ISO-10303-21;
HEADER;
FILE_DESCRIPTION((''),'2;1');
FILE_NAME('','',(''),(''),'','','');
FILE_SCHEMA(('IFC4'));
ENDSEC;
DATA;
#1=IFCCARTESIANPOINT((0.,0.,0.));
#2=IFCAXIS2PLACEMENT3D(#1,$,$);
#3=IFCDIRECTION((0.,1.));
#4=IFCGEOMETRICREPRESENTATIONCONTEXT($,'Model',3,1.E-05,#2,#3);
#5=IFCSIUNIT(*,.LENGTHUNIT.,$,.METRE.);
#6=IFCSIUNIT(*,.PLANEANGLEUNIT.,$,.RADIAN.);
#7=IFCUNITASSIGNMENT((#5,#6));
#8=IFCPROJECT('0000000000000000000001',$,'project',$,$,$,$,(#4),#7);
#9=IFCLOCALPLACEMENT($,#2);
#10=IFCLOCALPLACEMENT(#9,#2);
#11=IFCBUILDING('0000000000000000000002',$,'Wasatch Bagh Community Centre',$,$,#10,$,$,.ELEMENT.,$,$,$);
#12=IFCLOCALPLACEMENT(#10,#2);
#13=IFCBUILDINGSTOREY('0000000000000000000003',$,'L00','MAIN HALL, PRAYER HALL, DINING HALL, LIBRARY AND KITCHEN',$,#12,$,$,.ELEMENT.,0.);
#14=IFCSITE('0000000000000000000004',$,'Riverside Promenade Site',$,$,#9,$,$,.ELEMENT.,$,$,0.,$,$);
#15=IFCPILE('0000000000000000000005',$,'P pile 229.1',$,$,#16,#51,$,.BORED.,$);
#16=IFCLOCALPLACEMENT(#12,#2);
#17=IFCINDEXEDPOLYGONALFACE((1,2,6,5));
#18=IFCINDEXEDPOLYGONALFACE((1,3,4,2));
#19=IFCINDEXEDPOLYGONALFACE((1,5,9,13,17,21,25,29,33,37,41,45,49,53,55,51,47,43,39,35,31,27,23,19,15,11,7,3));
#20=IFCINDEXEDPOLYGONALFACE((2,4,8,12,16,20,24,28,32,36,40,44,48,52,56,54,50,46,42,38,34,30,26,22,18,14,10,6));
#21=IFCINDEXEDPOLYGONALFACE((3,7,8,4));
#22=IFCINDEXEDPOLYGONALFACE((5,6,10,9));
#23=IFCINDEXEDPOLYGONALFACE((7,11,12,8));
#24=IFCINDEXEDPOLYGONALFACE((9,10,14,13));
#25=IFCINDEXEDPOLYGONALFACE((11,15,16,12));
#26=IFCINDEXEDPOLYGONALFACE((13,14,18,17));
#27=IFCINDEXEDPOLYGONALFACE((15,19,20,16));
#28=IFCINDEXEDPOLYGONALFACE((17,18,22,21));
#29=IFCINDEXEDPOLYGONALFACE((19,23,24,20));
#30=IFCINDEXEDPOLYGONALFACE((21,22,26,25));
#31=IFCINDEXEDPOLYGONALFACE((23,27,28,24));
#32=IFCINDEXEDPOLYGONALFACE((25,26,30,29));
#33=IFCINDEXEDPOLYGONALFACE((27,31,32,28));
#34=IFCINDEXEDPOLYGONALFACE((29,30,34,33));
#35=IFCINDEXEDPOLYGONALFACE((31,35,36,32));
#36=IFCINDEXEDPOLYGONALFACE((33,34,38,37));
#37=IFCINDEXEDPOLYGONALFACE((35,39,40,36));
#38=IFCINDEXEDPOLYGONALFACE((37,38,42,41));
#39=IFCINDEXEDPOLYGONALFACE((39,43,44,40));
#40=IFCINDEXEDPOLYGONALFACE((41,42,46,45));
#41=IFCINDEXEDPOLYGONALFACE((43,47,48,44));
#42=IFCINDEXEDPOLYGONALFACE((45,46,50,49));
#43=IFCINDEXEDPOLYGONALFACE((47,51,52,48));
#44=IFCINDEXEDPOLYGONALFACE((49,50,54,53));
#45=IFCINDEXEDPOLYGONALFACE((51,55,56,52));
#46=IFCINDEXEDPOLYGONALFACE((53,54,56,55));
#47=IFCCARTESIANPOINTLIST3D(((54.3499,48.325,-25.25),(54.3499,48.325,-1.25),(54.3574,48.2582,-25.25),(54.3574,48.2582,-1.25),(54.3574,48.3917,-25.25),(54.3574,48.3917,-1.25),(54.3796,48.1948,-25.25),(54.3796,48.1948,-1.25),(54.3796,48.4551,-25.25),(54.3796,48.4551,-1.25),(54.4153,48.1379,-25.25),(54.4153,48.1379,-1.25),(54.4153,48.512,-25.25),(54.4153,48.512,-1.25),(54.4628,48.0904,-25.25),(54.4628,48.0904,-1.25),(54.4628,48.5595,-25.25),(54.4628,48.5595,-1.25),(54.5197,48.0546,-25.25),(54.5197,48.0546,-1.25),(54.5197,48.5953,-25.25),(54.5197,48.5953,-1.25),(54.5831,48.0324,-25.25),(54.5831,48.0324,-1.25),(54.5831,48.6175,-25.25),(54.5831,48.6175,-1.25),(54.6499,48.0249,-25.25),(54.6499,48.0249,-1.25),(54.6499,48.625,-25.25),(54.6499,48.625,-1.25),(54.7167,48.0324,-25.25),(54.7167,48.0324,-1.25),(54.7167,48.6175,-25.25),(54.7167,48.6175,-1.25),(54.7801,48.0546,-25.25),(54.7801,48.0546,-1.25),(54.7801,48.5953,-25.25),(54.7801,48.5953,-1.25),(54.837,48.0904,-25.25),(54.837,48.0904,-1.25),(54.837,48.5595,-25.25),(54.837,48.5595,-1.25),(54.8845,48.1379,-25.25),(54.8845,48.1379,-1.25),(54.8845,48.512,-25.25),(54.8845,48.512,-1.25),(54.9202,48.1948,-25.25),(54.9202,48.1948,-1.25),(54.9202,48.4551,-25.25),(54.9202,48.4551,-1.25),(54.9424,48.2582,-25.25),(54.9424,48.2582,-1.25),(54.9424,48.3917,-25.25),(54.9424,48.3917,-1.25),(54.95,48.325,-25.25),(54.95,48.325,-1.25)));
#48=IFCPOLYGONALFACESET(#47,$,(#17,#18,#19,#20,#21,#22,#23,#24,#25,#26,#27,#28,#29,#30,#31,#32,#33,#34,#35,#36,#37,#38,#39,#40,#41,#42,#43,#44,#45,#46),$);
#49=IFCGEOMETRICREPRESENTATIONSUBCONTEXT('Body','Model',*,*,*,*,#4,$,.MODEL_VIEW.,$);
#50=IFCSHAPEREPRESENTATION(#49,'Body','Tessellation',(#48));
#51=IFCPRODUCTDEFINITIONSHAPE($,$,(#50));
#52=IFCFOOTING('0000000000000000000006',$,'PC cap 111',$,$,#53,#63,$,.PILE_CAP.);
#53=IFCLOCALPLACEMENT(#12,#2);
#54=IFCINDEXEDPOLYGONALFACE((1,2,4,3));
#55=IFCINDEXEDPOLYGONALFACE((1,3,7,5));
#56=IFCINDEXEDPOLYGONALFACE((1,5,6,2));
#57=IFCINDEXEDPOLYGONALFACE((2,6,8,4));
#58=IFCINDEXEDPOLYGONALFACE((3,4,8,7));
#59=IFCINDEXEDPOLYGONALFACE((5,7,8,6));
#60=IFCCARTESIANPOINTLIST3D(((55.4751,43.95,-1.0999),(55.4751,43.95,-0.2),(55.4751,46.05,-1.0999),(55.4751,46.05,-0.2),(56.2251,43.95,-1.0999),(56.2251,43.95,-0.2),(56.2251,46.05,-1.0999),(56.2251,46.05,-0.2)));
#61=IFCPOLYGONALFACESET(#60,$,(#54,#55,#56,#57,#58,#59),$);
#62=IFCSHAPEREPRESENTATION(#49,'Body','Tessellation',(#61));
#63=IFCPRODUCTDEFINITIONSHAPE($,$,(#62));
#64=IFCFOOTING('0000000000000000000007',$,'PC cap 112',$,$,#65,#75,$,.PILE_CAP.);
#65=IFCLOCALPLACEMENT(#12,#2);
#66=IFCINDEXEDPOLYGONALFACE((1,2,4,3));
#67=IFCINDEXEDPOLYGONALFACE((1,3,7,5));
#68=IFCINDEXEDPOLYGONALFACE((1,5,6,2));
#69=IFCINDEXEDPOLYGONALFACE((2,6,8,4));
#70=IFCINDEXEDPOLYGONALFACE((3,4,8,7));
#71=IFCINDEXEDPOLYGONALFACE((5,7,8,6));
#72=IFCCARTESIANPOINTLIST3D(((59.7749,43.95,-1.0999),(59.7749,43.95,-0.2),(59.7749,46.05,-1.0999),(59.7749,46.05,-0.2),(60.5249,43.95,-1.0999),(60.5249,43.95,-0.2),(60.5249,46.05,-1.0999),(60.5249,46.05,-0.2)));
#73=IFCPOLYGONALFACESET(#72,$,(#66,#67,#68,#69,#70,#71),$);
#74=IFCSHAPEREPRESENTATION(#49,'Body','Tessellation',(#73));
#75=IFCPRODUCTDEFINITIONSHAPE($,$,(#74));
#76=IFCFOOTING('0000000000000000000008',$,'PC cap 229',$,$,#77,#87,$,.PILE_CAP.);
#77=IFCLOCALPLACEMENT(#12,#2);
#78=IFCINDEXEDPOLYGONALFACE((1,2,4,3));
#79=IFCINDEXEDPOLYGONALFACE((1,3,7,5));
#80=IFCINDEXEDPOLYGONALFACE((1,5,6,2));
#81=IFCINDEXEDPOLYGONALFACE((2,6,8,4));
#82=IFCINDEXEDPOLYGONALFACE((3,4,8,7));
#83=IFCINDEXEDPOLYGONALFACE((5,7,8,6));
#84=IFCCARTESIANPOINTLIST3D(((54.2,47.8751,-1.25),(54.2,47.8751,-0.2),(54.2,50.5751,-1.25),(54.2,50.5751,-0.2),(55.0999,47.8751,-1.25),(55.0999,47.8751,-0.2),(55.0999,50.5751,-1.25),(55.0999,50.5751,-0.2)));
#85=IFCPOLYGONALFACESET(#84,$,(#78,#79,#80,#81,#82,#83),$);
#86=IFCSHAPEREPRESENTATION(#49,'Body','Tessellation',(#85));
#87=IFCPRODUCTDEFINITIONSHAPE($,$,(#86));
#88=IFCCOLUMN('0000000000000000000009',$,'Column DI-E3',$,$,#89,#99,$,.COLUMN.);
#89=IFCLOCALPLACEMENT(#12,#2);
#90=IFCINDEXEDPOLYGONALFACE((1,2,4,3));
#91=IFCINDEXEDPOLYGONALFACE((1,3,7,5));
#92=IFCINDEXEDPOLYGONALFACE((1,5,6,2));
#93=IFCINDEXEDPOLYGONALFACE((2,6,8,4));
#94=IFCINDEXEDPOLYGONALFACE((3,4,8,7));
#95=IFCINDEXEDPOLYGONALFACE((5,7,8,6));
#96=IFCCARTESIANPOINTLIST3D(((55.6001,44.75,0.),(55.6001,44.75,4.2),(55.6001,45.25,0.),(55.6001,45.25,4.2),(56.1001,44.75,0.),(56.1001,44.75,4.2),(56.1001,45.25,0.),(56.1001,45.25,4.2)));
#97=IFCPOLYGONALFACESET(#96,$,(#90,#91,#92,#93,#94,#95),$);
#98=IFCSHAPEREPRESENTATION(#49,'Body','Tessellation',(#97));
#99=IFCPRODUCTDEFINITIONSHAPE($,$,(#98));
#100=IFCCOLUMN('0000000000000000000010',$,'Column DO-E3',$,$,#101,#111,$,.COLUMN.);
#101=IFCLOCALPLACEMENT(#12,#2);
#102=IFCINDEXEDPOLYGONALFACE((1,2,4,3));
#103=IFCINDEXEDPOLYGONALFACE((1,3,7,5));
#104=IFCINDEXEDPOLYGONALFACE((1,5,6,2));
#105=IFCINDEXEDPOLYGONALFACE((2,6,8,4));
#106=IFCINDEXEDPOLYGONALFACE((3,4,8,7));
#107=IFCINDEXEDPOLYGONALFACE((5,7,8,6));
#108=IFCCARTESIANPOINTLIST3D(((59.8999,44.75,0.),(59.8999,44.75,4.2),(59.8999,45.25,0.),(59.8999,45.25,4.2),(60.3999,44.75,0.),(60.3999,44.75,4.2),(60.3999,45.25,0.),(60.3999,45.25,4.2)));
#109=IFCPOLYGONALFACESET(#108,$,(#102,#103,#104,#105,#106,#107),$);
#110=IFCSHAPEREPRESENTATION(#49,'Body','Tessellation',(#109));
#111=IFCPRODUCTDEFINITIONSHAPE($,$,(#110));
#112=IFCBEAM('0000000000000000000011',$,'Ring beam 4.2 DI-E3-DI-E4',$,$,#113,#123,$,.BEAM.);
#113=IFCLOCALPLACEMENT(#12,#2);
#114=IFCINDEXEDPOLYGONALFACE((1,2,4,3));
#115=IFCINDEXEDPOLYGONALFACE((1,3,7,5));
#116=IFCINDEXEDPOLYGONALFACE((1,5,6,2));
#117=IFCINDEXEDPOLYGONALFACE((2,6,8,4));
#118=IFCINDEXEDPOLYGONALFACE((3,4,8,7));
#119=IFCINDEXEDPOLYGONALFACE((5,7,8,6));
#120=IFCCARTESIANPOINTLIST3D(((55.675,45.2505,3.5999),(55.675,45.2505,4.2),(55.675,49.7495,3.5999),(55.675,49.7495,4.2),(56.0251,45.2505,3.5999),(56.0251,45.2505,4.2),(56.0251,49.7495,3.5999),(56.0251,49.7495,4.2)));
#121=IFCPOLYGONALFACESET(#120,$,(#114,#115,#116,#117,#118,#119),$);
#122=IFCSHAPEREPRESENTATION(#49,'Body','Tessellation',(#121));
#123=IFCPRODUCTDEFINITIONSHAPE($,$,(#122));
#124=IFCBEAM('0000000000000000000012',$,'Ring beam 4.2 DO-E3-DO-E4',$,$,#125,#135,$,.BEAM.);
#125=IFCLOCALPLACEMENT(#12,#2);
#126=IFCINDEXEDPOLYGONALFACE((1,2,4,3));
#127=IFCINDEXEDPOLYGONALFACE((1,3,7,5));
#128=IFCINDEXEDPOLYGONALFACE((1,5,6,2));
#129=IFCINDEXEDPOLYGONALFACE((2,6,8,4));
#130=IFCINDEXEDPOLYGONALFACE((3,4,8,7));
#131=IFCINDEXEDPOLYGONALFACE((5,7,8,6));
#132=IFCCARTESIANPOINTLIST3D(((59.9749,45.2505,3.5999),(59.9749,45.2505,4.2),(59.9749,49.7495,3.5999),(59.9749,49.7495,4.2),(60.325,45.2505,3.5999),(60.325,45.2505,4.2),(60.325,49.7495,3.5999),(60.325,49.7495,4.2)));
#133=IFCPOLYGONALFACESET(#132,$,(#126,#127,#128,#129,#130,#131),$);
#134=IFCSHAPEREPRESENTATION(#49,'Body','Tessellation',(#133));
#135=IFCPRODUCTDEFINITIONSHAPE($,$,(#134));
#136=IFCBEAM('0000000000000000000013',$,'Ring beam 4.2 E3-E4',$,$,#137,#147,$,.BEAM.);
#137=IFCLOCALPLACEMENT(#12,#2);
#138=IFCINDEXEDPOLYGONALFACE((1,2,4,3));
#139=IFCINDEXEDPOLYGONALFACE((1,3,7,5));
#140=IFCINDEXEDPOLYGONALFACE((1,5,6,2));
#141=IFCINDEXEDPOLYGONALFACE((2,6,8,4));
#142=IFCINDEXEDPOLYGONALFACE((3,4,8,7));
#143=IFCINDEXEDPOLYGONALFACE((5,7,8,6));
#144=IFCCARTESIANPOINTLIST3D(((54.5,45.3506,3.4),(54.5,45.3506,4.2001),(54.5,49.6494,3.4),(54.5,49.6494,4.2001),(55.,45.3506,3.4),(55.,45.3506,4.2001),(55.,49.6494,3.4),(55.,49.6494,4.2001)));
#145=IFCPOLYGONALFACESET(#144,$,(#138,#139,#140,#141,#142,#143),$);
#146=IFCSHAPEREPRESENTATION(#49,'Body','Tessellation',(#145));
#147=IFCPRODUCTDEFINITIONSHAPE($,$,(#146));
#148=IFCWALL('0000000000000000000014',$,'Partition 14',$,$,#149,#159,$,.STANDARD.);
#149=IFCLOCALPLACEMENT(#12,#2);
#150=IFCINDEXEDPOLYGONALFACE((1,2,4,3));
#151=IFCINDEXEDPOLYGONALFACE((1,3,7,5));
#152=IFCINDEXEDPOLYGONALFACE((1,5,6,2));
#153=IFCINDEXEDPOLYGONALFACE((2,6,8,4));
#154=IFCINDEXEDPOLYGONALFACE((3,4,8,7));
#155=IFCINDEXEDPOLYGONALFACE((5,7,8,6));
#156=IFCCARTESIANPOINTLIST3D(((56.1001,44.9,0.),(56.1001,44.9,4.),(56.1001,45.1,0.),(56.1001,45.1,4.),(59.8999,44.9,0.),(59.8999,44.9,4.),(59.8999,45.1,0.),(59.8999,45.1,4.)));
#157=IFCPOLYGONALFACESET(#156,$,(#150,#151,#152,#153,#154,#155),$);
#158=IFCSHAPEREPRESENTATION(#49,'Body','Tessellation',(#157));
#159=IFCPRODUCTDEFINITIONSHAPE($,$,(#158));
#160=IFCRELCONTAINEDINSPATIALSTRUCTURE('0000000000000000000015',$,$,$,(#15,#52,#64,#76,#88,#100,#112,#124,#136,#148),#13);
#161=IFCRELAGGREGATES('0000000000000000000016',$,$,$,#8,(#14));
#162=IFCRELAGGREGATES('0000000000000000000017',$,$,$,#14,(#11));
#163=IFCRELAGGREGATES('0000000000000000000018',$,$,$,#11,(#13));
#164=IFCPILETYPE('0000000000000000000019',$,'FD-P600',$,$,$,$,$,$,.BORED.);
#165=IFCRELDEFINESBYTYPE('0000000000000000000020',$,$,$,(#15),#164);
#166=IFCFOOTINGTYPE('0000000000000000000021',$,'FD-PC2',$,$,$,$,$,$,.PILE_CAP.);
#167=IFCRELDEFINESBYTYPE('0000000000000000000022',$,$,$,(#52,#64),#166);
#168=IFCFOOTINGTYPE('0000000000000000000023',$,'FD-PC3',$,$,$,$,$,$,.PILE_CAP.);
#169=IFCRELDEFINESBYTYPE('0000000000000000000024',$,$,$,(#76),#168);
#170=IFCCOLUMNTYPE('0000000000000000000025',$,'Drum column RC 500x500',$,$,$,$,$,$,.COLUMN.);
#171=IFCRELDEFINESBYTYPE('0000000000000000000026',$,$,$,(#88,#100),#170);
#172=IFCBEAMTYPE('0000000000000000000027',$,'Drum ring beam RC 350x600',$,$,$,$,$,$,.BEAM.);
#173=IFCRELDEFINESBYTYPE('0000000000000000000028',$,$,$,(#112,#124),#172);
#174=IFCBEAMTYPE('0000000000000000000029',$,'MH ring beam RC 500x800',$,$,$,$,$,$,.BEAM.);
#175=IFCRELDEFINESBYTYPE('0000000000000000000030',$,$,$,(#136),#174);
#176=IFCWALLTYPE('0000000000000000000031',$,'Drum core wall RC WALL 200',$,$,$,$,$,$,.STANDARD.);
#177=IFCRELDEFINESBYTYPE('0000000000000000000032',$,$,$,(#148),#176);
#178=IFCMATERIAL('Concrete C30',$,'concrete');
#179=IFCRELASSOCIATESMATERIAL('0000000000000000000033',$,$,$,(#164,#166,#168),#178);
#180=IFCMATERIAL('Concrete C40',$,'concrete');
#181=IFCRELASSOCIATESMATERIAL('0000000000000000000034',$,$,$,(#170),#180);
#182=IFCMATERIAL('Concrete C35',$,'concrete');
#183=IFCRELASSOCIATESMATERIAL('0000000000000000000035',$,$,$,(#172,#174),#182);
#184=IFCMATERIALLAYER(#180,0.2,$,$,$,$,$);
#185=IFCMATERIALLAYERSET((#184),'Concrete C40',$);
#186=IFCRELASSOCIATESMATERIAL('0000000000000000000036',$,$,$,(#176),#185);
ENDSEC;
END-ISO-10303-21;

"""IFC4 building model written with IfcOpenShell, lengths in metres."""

from ifc_helpers import new_model, si_unit, direction, frame, frame_2d, origin, origin_2d, place, context, subcontext, project, spatial, rectangle, circle, extrude, material, layer, layer_set, material_profile, profile_set, type_object, element, save


model = new_model("IFC4")

# Units and contexts
model_context = context("Model", 3, precision=1e-05, world=origin(), true_north=direction((0.0, 1.0)))
body_context = subcontext(model_context, "Body", "Model", "MODEL_VIEW")
ifc_project = project(units=[si_unit("LENGTHUNIT", "METRE"), si_unit("PLANEANGLEUNIT", "RADIAN")], contexts=[model_context])

# Site, building, storey
site_placement = place(None, origin())
site = spatial("IfcSite", under=ifc_project, at=site_placement, Name="Riverside Promenade Site", CompositionType="ELEMENT", RefElevation=0.0)
building_placement = place(site_placement, origin())
building = spatial("IfcBuilding", under=site, at=building_placement, Name="Wasatch Bagh Community Centre", CompositionType="ELEMENT")
storey_placement = place(building_placement, origin())
storey = spatial("IfcBuildingStorey", under=building, at=storey_placement, Name="L00", Description="MAIN HALL, PRAYER HALL, DINING HALL, LIBRARY AND KITCHEN", CompositionType="ELEMENT", Elevation=0.0)

# Shared definitions
ifc_material_1 = material(Name="Concrete C35", Category="concrete")

# Pile
ifc_material_2 = material(Name="Concrete C30", Category="concrete")
ifc_material_profile_1 = material_profile(ifc_material_2, circle(Radius=0.3, at=origin_2d()), Name="RC D600")
ifc_profile_set_1 = profile_set([ifc_material_profile_1], Name="Concrete C30")
pile_type_1 = type_object("IfcPileType", Name="FD-P600", PredefinedType="BORED", material=ifc_profile_set_1)
for number, where, z_axis, x_axis, name in (
    (1, (54.6499, 48.325, -1.25), (0.0, 0.0, -1.0), (1.0, 0.0, 0.0), "P pile 229.1"),
):
    element("IfcPile", number, at=place(storey_placement, frame(where, z_axis=z_axis, x_axis=x_axis)), inside=storey, type_object=pile_type_1, Name=name, PredefinedType="BORED", context=body_context, shape_type="SweptSolid", body=[
        extrude(circle(Radius=0.3, at=origin_2d()), origin(), (0.0, 0.0, 1.0), 24.0),
    ])

# Footings
footing_type_1 = type_object("IfcFootingType", Name="FD-PC2", PredefinedType="PILE_CAP", material=ifc_material_2)
for number, where, z_axis, x_axis, name in (
    (2, (55.8501, 45.0, -1.0999), (0.0, 0.0, 1.0), (0.0, 1.0, 0.0), "PC cap 111"),
    (3, (60.1499, 45.0, -1.0999), (0.0, 0.0, 1.0), (0.0, 1.0, 0.0), "PC cap 112"),
):
    element("IfcFooting", number, at=place(storey_placement, frame(where, z_axis=z_axis, x_axis=x_axis)), inside=storey, type_object=footing_type_1, Name=name, PredefinedType="PILE_CAP", context=body_context, shape_type="SweptSolid", body=[
        extrude(rectangle(XDim=2.1001, YDim=0.75, at=origin_2d()), origin(), (0.0, 0.0, 1.0), 0.8999),
    ])
footing_type_2 = type_object("IfcFootingType", Name="FD-PC3", PredefinedType="PILE_CAP", material=ifc_material_2)
footing_1_placement = place(storey_placement, frame((54.6499, 49.2251, -1.25), z_axis=(0.0, 0.0, 1.0), x_axis=(0.0, 1.0, 0.0)))
element("IfcFooting", 4, at=footing_1_placement, inside=storey, type_object=footing_type_2, Name="PC cap 229", PredefinedType="PILE_CAP", context=body_context, shape_type="SweptSolid", body=[
    extrude(rectangle(XDim=2.7, YDim=0.8999, at=origin_2d()), origin(), (0.0, 0.0, 1.0), 1.05),
])

# Columns
ifc_material_3 = material(Name="Concrete C40", Category="concrete")
ifc_material_profile_2 = material_profile(ifc_material_3, rectangle(XDim=0.5, YDim=0.5, at=origin_2d()), Name="RC 500x500")
ifc_profile_set_2 = profile_set([ifc_material_profile_2], Name="Concrete C40")
column_type = type_object("IfcColumnType", Name="Drum column RC 500x500", PredefinedType="COLUMN", material=ifc_profile_set_2)
for number, where, z_axis, x_axis, name in (
    (5, (55.8501, 45.0, 0.0), (0.0, 0.0, 1.0), (1.0, 0.0, 0.0), "Column DI-E3"),
    (6, (60.1499, 45.0, 0.0), (0.0, 0.0, 1.0), (1.0, 0.0, 0.0), "Column DO-E3"),
):
    element("IfcColumn", number, at=place(storey_placement, frame(where, z_axis=z_axis, x_axis=x_axis)), inside=storey, type_object=column_type, Name=name, PredefinedType="COLUMN", context=body_context, shape_type="SweptSolid", body=[
        extrude(rectangle(XDim=0.5, YDim=0.5, at=origin_2d()), origin(), (0.0, 0.0, 1.0), 4.2),
    ])

# Beams
ifc_material_profile_3 = material_profile(ifc_material_1, rectangle(XDim=0.3501, YDim=0.6001, at=origin_2d()), Name="RC 350x600")
ifc_profile_set_3 = profile_set([ifc_material_profile_3], Name="Concrete C35")
beam_type_1 = type_object("IfcBeamType", Name="Drum ring beam RC 350x600", PredefinedType="BEAM", material=ifc_profile_set_3)
for number, where, z_axis, x_axis, name in (
    (7, (55.8501, 45.2505, 3.8999), (0.0, 1.0, 0.0), (-1.0, 0.0, 0.0), "Ring beam 4.2 DI-E3-DI-E4"),
    (8, (60.1499, 45.2505, 3.8999), (0.0, 1.0, 0.0), (-1.0, 0.0, 0.0), "Ring beam 4.2 DO-E3-DO-E4"),
):
    element("IfcBeam", number, at=place(storey_placement, frame(where, z_axis=z_axis, x_axis=x_axis)), inside=storey, type_object=beam_type_1, Name=name, PredefinedType="BEAM", context=body_context, shape_type="SweptSolid", body=[
        extrude(rectangle(XDim=0.3501, YDim=0.6001, at=origin_2d()), origin(), (0.0, 0.0, 1.0), 4.499),
    ])
ifc_material_profile_4 = material_profile(ifc_material_1, rectangle(XDim=0.5, YDim=0.8, at=origin_2d()), Name="RC 500x800")
ifc_profile_set_4 = profile_set([ifc_material_profile_4], Name="Concrete C35")
beam_type_2 = type_object("IfcBeamType", Name="MH ring beam RC 500x800", PredefinedType="BEAM", material=ifc_profile_set_4)
beam_placement = place(storey_placement, frame((54.75, 45.3506, 3.8), z_axis=(0.0, 1.0, 0.0), x_axis=(-1.0, 0.0, 0.0)))
element("IfcBeam", 9, at=beam_placement, inside=storey, type_object=beam_type_2, Name="Ring beam 4.2 E3-E4", PredefinedType="BEAM", context=body_context, shape_type="SweptSolid", body=[
    extrude(rectangle(XDim=0.5, YDim=0.8, at=origin_2d()), origin(), (0.0, 0.0, 1.0), 4.2988),
])

# Wall
ifc_layer_1 = layer(ifc_material_3, 0.2)
ifc_layer_set_1 = layer_set([ifc_layer_1], Name="Concrete C40")
wall_type_1 = type_object("IfcWallType", Name="Drum core wall RC WALL 200", PredefinedType="STANDARD", material=ifc_layer_set_1)
wall_1_placement = place(storey_placement, frame((56.1001, 45.0, 0.0), z_axis=(0.0, 0.0, 1.0), x_axis=(1.0, 0.0, 0.0)))
element("IfcWall", 10, at=wall_1_placement, inside=storey, type_object=wall_type_1, Name="Partition 14", PredefinedType="STANDARD", context=body_context, shape_type="SweptSolid", body=[
    extrude(rectangle(XDim=3.7998, YDim=0.2, at=frame_2d((1.8999, 0.0))), origin(), (0.0, 0.0, 1.0), 4.0),
])

save(model, "model.ifc")
